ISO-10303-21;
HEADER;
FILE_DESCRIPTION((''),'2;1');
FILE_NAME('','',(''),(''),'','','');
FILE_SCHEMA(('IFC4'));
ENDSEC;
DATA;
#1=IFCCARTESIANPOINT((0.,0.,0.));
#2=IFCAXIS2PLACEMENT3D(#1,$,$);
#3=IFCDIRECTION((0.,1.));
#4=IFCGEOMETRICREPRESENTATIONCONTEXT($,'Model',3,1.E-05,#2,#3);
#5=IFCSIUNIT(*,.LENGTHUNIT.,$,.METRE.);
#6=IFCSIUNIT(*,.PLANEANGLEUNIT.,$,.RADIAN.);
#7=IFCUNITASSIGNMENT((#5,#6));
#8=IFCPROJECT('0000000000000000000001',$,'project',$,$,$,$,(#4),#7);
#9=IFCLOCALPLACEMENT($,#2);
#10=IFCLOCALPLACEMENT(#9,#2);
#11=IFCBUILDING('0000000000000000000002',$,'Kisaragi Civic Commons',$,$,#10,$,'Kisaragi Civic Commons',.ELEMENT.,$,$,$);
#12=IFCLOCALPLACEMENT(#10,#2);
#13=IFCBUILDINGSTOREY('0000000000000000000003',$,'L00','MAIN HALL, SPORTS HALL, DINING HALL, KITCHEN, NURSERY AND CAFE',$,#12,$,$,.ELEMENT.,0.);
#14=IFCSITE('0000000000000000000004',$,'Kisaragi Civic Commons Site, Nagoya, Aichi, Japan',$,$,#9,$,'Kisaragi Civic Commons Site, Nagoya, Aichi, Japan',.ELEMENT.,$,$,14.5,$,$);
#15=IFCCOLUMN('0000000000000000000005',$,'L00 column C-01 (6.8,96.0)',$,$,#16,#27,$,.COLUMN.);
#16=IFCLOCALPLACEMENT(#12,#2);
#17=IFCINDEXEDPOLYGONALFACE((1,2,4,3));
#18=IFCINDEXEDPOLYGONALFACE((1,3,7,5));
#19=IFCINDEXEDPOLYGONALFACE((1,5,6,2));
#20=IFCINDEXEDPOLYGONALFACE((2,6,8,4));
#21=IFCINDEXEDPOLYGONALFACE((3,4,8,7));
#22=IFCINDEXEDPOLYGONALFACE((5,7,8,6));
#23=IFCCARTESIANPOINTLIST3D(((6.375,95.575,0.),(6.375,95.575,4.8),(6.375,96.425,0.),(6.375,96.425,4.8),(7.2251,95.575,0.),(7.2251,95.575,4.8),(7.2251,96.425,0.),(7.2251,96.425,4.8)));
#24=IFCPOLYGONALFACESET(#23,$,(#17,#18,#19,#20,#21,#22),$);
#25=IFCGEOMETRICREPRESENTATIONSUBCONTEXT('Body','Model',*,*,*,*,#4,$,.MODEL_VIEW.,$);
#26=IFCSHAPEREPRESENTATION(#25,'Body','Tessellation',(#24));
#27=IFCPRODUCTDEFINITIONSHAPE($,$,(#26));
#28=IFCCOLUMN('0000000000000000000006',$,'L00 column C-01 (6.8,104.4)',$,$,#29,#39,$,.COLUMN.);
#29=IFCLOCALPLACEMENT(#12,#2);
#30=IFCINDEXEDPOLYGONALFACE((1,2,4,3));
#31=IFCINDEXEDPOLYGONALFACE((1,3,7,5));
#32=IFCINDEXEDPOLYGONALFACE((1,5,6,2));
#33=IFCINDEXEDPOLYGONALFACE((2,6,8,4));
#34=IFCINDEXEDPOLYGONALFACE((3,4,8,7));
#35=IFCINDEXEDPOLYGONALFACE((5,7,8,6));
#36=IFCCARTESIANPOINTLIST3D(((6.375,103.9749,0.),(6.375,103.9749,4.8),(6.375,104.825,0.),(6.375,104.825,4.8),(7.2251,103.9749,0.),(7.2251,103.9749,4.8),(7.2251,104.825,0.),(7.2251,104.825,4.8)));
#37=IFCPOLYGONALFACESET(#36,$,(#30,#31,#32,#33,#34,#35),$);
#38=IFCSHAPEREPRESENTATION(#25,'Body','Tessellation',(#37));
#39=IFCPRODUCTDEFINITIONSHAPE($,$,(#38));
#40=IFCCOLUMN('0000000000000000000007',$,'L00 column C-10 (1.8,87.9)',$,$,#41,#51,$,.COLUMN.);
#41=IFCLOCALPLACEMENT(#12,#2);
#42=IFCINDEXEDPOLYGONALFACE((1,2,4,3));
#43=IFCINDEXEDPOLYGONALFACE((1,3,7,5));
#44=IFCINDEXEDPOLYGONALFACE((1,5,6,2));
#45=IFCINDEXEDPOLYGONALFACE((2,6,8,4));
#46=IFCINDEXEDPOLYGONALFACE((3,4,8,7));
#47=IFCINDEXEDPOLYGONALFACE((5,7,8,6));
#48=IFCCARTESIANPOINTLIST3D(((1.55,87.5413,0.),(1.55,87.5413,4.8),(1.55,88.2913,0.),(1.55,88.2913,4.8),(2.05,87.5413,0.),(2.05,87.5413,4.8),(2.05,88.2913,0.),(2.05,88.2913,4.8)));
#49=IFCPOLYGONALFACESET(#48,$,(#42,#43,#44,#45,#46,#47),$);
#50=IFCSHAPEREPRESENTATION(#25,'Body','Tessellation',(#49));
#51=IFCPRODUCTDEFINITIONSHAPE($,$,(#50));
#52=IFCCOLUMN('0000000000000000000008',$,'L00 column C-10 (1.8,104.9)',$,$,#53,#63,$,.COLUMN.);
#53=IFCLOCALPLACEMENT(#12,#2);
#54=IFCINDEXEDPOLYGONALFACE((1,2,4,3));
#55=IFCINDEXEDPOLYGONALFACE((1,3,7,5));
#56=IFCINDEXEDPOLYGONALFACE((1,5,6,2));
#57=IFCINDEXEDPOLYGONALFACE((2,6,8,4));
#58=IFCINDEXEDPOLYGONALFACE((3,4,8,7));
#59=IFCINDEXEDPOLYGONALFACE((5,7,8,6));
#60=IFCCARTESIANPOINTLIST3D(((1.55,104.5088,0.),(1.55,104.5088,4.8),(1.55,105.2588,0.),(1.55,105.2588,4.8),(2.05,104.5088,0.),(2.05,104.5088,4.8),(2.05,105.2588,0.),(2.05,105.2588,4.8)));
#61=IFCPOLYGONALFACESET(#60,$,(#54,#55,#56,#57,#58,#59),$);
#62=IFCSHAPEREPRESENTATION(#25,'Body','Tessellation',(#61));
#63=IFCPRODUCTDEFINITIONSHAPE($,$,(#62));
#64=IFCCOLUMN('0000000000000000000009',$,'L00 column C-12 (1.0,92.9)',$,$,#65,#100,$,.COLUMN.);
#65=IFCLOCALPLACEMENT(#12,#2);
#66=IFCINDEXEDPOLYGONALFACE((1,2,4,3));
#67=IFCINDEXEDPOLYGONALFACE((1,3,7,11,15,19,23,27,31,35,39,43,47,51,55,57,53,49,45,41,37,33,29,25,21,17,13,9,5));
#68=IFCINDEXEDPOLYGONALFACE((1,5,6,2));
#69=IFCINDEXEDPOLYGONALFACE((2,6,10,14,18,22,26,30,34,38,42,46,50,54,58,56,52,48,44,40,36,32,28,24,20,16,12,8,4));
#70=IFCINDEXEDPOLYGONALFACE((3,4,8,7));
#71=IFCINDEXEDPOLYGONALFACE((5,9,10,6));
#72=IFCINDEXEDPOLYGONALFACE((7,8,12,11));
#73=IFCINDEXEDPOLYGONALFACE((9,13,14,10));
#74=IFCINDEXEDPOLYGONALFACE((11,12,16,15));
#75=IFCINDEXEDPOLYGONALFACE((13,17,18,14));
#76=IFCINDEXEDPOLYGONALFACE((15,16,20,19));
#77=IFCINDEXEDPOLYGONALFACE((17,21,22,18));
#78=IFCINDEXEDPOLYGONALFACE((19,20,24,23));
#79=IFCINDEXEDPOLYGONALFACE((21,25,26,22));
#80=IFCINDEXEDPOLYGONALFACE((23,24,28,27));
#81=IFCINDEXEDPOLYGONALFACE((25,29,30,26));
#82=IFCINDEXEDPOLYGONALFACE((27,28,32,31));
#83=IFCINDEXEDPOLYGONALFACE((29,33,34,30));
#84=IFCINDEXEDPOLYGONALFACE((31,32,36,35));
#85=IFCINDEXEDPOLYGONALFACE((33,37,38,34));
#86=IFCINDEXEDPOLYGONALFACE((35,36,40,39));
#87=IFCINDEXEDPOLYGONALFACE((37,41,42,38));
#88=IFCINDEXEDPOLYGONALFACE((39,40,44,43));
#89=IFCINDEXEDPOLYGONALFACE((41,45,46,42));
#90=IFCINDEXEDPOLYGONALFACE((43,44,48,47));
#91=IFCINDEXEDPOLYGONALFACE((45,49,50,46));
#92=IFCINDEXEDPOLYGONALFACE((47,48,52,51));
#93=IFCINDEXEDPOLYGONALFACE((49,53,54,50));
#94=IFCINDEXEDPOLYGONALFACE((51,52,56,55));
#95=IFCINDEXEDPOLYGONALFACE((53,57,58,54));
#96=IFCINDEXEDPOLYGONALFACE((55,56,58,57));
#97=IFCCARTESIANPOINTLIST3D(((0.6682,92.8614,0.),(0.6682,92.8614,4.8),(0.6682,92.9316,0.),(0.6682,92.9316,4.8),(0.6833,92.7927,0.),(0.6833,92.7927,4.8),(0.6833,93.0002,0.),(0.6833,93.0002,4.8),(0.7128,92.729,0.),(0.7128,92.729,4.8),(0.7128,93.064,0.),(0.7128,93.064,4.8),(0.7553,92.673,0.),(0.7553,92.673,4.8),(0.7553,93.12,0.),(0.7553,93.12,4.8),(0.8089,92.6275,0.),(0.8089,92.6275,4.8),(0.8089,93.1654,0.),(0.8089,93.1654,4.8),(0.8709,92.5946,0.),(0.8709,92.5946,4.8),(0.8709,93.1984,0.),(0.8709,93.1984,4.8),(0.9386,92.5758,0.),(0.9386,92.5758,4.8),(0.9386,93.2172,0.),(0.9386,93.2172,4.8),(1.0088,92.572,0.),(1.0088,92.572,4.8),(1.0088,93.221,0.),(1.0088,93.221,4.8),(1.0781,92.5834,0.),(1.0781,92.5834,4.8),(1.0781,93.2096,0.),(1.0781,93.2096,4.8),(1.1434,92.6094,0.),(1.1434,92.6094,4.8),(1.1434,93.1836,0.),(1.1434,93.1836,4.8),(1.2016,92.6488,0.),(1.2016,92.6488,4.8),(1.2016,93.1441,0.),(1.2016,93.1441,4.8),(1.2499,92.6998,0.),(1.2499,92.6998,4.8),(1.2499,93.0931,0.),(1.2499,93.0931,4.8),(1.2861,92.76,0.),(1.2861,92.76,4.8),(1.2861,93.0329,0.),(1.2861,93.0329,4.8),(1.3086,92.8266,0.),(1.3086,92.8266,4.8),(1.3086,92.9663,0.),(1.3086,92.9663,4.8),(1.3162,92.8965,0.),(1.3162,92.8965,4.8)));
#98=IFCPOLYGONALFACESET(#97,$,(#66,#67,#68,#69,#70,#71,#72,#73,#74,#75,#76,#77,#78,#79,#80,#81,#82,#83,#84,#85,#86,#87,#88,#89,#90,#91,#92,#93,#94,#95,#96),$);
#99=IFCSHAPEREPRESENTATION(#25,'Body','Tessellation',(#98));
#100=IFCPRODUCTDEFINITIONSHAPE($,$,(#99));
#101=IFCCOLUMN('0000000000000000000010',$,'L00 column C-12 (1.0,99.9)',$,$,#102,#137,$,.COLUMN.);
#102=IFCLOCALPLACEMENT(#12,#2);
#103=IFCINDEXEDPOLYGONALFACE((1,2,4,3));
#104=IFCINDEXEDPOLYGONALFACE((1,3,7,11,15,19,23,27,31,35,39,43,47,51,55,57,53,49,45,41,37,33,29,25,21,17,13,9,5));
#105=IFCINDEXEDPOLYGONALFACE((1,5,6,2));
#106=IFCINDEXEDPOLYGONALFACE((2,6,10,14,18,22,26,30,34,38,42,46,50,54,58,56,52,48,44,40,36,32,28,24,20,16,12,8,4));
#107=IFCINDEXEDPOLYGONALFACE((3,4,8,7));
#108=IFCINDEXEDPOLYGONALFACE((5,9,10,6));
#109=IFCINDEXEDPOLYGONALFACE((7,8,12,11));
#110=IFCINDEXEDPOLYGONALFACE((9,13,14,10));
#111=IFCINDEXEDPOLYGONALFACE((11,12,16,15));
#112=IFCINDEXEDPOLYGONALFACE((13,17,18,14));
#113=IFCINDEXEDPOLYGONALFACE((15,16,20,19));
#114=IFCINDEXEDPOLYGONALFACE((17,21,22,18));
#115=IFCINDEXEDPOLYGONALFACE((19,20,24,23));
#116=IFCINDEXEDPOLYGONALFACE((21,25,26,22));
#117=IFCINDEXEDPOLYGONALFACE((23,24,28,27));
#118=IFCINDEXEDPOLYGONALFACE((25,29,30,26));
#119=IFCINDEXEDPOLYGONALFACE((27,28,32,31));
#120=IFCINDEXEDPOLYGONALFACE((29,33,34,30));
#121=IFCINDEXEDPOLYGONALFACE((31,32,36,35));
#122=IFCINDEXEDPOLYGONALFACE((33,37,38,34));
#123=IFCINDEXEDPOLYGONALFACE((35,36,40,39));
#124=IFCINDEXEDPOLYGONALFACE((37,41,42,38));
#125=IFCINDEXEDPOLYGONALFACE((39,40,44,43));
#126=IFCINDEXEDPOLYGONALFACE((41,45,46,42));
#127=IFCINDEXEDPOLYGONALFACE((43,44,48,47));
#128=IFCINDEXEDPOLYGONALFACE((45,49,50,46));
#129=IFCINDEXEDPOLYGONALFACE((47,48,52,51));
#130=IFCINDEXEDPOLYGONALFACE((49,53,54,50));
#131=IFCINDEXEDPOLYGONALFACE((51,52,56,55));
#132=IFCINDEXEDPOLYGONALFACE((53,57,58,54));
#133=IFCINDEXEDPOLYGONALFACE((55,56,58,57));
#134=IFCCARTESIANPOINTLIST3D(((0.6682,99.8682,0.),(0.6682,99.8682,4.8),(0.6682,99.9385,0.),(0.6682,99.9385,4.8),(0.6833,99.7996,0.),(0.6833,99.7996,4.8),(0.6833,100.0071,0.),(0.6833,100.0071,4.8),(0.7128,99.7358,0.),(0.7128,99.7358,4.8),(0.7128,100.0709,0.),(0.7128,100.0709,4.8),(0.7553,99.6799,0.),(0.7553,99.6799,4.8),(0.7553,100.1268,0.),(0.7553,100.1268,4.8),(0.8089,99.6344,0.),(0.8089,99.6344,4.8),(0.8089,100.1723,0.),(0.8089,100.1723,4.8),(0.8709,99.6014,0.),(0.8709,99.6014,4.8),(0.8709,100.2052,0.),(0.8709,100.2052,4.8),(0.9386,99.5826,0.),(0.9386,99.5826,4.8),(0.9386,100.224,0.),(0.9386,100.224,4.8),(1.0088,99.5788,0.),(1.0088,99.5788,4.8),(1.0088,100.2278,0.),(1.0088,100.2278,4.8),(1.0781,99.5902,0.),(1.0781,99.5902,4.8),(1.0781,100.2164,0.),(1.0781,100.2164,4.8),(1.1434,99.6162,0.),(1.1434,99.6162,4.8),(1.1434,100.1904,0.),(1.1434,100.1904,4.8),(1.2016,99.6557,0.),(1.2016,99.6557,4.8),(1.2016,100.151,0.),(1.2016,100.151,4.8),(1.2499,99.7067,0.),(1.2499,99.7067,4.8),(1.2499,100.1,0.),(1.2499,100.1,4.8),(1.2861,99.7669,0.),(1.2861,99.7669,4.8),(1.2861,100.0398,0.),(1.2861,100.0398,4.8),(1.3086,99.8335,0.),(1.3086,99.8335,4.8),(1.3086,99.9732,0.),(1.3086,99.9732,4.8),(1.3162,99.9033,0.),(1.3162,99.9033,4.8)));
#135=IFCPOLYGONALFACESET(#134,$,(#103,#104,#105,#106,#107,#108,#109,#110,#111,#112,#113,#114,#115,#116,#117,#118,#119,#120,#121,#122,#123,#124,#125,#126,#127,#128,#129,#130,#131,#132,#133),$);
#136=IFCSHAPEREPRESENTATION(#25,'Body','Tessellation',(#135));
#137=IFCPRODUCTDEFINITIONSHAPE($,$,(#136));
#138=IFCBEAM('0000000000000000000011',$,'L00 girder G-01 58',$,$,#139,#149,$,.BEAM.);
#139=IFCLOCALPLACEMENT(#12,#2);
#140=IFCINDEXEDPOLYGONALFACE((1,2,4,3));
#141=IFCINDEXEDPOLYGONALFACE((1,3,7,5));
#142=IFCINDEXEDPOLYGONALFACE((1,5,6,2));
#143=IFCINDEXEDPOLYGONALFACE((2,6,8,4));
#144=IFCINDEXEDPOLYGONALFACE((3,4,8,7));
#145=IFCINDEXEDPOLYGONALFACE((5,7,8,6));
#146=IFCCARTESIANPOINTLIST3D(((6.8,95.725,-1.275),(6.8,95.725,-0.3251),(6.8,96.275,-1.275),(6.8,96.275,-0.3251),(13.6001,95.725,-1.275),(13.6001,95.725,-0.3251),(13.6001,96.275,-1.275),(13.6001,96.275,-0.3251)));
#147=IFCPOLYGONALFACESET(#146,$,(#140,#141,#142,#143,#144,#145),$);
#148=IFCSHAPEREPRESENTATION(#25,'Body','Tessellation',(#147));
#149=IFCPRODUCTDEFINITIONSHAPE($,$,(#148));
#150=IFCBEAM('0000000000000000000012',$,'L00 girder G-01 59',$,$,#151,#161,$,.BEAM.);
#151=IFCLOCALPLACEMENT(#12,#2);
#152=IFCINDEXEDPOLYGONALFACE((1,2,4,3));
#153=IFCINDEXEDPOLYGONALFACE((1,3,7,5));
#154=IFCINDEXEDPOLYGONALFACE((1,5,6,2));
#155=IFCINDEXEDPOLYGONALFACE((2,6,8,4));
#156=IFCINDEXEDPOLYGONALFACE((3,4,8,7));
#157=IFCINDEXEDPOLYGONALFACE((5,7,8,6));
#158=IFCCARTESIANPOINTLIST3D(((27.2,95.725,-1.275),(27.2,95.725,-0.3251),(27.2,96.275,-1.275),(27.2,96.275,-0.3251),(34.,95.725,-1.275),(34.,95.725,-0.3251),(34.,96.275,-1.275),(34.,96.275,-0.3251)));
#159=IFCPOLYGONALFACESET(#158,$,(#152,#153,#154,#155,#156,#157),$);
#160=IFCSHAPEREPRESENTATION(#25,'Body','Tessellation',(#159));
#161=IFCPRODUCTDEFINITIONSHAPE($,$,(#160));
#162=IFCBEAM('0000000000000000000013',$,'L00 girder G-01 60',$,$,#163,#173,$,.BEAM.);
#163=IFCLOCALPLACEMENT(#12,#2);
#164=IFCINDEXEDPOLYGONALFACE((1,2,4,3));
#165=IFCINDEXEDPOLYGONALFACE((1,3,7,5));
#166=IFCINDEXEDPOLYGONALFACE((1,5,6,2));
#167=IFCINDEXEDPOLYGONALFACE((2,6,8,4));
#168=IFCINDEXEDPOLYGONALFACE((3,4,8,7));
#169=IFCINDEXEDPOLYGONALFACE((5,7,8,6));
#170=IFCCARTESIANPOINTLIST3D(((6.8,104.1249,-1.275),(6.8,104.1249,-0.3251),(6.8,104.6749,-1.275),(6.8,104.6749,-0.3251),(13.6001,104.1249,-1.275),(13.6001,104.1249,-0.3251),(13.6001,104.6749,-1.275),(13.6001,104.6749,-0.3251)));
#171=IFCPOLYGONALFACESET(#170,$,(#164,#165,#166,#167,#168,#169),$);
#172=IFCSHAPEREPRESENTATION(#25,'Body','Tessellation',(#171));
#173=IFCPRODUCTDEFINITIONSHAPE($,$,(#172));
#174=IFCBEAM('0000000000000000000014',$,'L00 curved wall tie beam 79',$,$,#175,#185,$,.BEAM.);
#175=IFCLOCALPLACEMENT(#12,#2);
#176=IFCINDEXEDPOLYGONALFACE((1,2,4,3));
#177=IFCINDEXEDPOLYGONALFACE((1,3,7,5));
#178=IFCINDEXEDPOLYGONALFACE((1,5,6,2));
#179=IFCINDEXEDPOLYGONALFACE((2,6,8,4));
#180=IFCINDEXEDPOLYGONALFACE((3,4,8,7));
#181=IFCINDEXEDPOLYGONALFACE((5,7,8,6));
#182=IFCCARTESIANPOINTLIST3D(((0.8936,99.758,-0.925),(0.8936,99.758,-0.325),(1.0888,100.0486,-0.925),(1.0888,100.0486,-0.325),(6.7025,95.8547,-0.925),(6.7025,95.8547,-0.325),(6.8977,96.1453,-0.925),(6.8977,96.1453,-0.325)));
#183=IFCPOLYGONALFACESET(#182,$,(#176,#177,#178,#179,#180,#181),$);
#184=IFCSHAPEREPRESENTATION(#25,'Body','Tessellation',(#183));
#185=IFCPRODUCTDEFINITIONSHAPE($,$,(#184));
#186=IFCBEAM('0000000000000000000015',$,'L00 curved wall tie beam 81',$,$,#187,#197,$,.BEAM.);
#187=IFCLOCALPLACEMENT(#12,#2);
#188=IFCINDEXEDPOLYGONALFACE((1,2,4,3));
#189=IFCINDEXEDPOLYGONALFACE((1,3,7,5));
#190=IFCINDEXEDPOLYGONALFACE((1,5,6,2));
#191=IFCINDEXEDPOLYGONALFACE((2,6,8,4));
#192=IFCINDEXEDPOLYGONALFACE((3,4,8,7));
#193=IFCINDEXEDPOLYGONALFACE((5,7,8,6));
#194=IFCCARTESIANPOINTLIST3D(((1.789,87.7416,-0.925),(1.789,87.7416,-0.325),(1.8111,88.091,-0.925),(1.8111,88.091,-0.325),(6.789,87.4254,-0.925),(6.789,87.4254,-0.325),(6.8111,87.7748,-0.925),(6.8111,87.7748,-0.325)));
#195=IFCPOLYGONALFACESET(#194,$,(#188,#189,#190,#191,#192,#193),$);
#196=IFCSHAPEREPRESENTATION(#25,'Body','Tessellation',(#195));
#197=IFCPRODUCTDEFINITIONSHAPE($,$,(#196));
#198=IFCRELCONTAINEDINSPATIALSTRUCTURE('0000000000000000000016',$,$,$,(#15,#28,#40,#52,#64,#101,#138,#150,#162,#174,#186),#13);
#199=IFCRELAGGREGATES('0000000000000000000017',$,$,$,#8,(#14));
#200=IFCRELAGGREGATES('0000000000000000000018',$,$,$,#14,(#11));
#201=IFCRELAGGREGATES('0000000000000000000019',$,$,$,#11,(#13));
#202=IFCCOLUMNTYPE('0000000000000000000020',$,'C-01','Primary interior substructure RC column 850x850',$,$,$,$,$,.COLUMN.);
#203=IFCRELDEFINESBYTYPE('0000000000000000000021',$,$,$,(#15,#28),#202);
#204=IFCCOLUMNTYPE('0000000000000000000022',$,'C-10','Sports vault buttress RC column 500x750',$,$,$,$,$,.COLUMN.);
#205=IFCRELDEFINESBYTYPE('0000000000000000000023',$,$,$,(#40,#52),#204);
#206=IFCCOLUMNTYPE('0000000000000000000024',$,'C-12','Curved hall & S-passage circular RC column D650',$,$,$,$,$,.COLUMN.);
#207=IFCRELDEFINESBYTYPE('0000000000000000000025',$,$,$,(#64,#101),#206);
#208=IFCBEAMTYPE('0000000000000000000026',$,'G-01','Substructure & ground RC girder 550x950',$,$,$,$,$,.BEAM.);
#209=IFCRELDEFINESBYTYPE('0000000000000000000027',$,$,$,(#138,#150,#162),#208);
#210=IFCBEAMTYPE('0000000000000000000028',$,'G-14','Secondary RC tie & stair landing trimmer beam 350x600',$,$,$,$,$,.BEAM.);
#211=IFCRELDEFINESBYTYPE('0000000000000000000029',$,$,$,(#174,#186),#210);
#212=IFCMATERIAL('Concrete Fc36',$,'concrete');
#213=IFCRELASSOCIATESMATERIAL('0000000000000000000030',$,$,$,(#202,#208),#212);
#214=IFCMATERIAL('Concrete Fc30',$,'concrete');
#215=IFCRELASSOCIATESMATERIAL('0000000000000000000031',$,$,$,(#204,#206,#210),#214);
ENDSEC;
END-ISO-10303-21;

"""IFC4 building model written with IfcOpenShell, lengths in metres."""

from ifc_helpers import new_model, si_unit, direction, frame, origin, origin_2d, place, context, subcontext, project, spatial, rectangle, circle, extrude, material, material_profile, profile_set, type_object, element, save


model = new_model("IFC4")

# Units and contexts
model_context = context("Model", 3, precision=1e-05, world=origin(), true_north=direction((0.0, 1.0)))
body_context = subcontext(model_context, "Body", "Model", "MODEL_VIEW")
ifc_project = project(units=[si_unit("LENGTHUNIT", "METRE"), si_unit("PLANEANGLEUNIT", "RADIAN")], contexts=[model_context])

# Site, building, storey
site_placement = place(None, origin())
site = spatial("IfcSite", under=ifc_project, at=site_placement, Name="Kisaragi Civic Commons Site, Nagoya, Aichi, Japan", LongName="Kisaragi Civic Commons Site, Nagoya, Aichi, Japan", CompositionType="ELEMENT", RefElevation=14.5)
building_placement = place(site_placement, origin())
building = spatial("IfcBuilding", under=site, at=building_placement, Name="Kisaragi Civic Commons", LongName="Kisaragi Civic Commons", CompositionType="ELEMENT")
storey_placement = place(building_placement, origin())
storey = spatial("IfcBuildingStorey", under=building, at=storey_placement, Name="L00", Description="MAIN HALL, SPORTS HALL, DINING HALL, KITCHEN, NURSERY AND CAFE", CompositionType="ELEMENT", Elevation=0.0)

# Columns
ifc_material_1 = material(Name="Concrete Fc36", Category="concrete")
ifc_material_profile_1 = material_profile(ifc_material_1, rectangle(XDim=0.8501, YDim=0.8501, at=origin_2d()), Name="RC-850x850", Category="concrete")
ifc_profile_set_1 = profile_set([ifc_material_profile_1], Name="Concrete Fc36")
column_type_1 = type_object("IfcColumnType", Name="C-01", Description="Primary interior substructure RC column 850x850", PredefinedType="COLUMN", material=ifc_profile_set_1)
for number, where, z_axis, x_axis, name in (
    (1, (6.8, 96.0, 0.0), (0.0, 0.0, 1.0), (1.0, 0.0, 0.0), "L00 column C-01 (6.8,96.0)"),
    (2, (6.8, 104.3999, 0.0), (0.0, 0.0, 1.0), (1.0, 0.0, 0.0), "L00 column C-01 (6.8,104.4)"),
):
    element("IfcColumn", number, at=place(storey_placement, frame(where, z_axis=z_axis, x_axis=x_axis)), inside=storey, type_object=column_type_1, Name=name, PredefinedType="COLUMN", context=body_context, shape_type="SweptSolid", body=[
        extrude(rectangle(XDim=0.8501, YDim=0.8501, at=origin_2d()), origin(), (0.0, 0.0, 1.0), 4.8),
    ])
ifc_material_2 = material(Name="Concrete Fc30", Category="concrete")
ifc_material_profile_2 = material_profile(ifc_material_2, rectangle(XDim=0.5, YDim=0.75, at=origin_2d()), Name="RC-500x750", Category="concrete")
ifc_profile_set_2 = profile_set([ifc_material_profile_2], Name="Concrete Fc30")
column_type_2 = type_object("IfcColumnType", Name="C-10", Description="Sports vault buttress RC column 500x750", PredefinedType="COLUMN", material=ifc_profile_set_2)
for number, where, z_axis, x_axis, name in (
    (3, (1.8, 87.9163, 0.0), (0.0, 0.0, 1.0), (1.0, 0.0, 0.0), "L00 column C-10 (1.8,87.9)"),
    (4, (1.8, 104.8838, 0.0), (0.0, 0.0, 1.0), (1.0, 0.0, 0.0), "L00 column C-10 (1.8,104.9)"),
):
    element("IfcColumn", number, at=place(storey_placement, frame(where, z_axis=z_axis, x_axis=x_axis)), inside=storey, type_object=column_type_2, Name=name, PredefinedType="COLUMN", context=body_context, shape_type="SweptSolid", body=[
        extrude(rectangle(XDim=0.5, YDim=0.75, at=origin_2d()), origin(), (0.0, 0.0, 1.0), 4.8),
    ])
ifc_material_profile_3 = material_profile(ifc_material_2, circle(Radius=0.325, at=origin_2d()), Name="RC-D650", Category="concrete")
ifc_profile_set_3 = profile_set([ifc_material_profile_3], Name="Concrete Fc30")
column_type_3 = type_object("IfcColumnType", Name="C-12", Description="Curved hall & S-passage circular RC column D650", PredefinedType="COLUMN", material=ifc_profile_set_3)
for number, where, z_axis, x_axis, name in (
    (5, (0.9912, 92.8965, 0.0), (0.0, 0.0, 1.0), (1.0, 0.0, 0.0), "L00 column C-12 (1.0,92.9)"),
    (6, (0.9912, 99.9033, 0.0), (0.0, 0.0, 1.0), (1.0, 0.0, 0.0), "L00 column C-12 (1.0,99.9)"),
):
    element("IfcColumn", number, at=place(storey_placement, frame(where, z_axis=z_axis, x_axis=x_axis)), inside=storey, type_object=column_type_3, Name=name, PredefinedType="COLUMN", context=body_context, shape_type="SweptSolid", body=[
        extrude(circle(Radius=0.325, at=origin_2d()), origin(), (0.0, 0.0, 1.0), 4.8),
    ])

# Beams
ifc_material_profile_4 = material_profile(ifc_material_1, rectangle(XDim=0.55, YDim=0.95, at=origin_2d()), Name="RC-550x950", Category="concrete")
ifc_profile_set_4 = profile_set([ifc_material_profile_4], Name="Concrete Fc36")
beam_type_1 = type_object("IfcBeamType", Name="G-01", Description="Substructure & ground RC girder 550x950", PredefinedType="BEAM", material=ifc_profile_set_4)
for number, where, z_axis, x_axis, name in (
    (7, (6.8, 96.0, -0.8), (1.0, 0.0, 0.0), (0.0, 1.0, 0.0), "L00 girder G-01 58"),
    (8, (27.2, 96.0, -0.8), (1.0, 0.0, 0.0), (0.0, 1.0, 0.0), "L00 girder G-01 59"),
    (9, (6.8, 104.3999, -0.8), (1.0, 0.0, 0.0), (0.0, 1.0, 0.0), "L00 girder G-01 60"),
):
    element("IfcBeam", number, at=place(storey_placement, frame(where, z_axis=z_axis, x_axis=x_axis)), inside=storey, type_object=beam_type_1, Name=name, PredefinedType="BEAM", context=body_context, shape_type="SweptSolid", body=[
        extrude(rectangle(XDim=0.55, YDim=0.95, at=origin_2d()), origin(), (0.0, 0.0, 1.0), 6.8),
    ])
ifc_material_profile_5 = material_profile(ifc_material_2, rectangle(XDim=0.3501, YDim=0.6001, at=origin_2d()), Name="RC-350x600", Category="concrete")
ifc_profile_set_5 = profile_set([ifc_material_profile_5], Name="Concrete Fc30")
beam_type_2 = type_object("IfcBeamType", Name="G-14", Description="Secondary RC tie & stair landing trimmer beam 350x600", PredefinedType="BEAM", material=ifc_profile_set_5)
beam_1_placement = place(storey_placement, frame((0.9912, 99.9033, -0.625), z_axis=(0.830016, -0.55774, 0.0), x_axis=(0.55774, 0.830016, 0.0)))
element("IfcBeam", 10, at=beam_1_placement, inside=storey, type_object=beam_type_2, Name="L00 curved wall tie beam 79", PredefinedType="BEAM", context=body_context, shape_type="SweptSolid", body=[
    extrude(rectangle(XDim=0.3501, YDim=0.6001, at=origin_2d()), origin(), (0.0, 0.0, 1.0), 6.9985),
])
beam_2_placement = place(storey_placement, frame((1.8, 87.9163, -0.625), z_axis=(0.998007, -0.063106, 0.0), x_axis=(0.063106, 0.998007, 0.0)))
element("IfcBeam", 11, at=beam_2_placement, inside=storey, type_object=beam_type_2, Name="L00 curved wall tie beam 81", PredefinedType="BEAM", context=body_context, shape_type="SweptSolid", body=[
    extrude(rectangle(XDim=0.3501, YDim=0.6001, at=origin_2d()), origin(), (0.0, 0.0, 1.0), 5.01),
])

save(model, "model.ifc")
